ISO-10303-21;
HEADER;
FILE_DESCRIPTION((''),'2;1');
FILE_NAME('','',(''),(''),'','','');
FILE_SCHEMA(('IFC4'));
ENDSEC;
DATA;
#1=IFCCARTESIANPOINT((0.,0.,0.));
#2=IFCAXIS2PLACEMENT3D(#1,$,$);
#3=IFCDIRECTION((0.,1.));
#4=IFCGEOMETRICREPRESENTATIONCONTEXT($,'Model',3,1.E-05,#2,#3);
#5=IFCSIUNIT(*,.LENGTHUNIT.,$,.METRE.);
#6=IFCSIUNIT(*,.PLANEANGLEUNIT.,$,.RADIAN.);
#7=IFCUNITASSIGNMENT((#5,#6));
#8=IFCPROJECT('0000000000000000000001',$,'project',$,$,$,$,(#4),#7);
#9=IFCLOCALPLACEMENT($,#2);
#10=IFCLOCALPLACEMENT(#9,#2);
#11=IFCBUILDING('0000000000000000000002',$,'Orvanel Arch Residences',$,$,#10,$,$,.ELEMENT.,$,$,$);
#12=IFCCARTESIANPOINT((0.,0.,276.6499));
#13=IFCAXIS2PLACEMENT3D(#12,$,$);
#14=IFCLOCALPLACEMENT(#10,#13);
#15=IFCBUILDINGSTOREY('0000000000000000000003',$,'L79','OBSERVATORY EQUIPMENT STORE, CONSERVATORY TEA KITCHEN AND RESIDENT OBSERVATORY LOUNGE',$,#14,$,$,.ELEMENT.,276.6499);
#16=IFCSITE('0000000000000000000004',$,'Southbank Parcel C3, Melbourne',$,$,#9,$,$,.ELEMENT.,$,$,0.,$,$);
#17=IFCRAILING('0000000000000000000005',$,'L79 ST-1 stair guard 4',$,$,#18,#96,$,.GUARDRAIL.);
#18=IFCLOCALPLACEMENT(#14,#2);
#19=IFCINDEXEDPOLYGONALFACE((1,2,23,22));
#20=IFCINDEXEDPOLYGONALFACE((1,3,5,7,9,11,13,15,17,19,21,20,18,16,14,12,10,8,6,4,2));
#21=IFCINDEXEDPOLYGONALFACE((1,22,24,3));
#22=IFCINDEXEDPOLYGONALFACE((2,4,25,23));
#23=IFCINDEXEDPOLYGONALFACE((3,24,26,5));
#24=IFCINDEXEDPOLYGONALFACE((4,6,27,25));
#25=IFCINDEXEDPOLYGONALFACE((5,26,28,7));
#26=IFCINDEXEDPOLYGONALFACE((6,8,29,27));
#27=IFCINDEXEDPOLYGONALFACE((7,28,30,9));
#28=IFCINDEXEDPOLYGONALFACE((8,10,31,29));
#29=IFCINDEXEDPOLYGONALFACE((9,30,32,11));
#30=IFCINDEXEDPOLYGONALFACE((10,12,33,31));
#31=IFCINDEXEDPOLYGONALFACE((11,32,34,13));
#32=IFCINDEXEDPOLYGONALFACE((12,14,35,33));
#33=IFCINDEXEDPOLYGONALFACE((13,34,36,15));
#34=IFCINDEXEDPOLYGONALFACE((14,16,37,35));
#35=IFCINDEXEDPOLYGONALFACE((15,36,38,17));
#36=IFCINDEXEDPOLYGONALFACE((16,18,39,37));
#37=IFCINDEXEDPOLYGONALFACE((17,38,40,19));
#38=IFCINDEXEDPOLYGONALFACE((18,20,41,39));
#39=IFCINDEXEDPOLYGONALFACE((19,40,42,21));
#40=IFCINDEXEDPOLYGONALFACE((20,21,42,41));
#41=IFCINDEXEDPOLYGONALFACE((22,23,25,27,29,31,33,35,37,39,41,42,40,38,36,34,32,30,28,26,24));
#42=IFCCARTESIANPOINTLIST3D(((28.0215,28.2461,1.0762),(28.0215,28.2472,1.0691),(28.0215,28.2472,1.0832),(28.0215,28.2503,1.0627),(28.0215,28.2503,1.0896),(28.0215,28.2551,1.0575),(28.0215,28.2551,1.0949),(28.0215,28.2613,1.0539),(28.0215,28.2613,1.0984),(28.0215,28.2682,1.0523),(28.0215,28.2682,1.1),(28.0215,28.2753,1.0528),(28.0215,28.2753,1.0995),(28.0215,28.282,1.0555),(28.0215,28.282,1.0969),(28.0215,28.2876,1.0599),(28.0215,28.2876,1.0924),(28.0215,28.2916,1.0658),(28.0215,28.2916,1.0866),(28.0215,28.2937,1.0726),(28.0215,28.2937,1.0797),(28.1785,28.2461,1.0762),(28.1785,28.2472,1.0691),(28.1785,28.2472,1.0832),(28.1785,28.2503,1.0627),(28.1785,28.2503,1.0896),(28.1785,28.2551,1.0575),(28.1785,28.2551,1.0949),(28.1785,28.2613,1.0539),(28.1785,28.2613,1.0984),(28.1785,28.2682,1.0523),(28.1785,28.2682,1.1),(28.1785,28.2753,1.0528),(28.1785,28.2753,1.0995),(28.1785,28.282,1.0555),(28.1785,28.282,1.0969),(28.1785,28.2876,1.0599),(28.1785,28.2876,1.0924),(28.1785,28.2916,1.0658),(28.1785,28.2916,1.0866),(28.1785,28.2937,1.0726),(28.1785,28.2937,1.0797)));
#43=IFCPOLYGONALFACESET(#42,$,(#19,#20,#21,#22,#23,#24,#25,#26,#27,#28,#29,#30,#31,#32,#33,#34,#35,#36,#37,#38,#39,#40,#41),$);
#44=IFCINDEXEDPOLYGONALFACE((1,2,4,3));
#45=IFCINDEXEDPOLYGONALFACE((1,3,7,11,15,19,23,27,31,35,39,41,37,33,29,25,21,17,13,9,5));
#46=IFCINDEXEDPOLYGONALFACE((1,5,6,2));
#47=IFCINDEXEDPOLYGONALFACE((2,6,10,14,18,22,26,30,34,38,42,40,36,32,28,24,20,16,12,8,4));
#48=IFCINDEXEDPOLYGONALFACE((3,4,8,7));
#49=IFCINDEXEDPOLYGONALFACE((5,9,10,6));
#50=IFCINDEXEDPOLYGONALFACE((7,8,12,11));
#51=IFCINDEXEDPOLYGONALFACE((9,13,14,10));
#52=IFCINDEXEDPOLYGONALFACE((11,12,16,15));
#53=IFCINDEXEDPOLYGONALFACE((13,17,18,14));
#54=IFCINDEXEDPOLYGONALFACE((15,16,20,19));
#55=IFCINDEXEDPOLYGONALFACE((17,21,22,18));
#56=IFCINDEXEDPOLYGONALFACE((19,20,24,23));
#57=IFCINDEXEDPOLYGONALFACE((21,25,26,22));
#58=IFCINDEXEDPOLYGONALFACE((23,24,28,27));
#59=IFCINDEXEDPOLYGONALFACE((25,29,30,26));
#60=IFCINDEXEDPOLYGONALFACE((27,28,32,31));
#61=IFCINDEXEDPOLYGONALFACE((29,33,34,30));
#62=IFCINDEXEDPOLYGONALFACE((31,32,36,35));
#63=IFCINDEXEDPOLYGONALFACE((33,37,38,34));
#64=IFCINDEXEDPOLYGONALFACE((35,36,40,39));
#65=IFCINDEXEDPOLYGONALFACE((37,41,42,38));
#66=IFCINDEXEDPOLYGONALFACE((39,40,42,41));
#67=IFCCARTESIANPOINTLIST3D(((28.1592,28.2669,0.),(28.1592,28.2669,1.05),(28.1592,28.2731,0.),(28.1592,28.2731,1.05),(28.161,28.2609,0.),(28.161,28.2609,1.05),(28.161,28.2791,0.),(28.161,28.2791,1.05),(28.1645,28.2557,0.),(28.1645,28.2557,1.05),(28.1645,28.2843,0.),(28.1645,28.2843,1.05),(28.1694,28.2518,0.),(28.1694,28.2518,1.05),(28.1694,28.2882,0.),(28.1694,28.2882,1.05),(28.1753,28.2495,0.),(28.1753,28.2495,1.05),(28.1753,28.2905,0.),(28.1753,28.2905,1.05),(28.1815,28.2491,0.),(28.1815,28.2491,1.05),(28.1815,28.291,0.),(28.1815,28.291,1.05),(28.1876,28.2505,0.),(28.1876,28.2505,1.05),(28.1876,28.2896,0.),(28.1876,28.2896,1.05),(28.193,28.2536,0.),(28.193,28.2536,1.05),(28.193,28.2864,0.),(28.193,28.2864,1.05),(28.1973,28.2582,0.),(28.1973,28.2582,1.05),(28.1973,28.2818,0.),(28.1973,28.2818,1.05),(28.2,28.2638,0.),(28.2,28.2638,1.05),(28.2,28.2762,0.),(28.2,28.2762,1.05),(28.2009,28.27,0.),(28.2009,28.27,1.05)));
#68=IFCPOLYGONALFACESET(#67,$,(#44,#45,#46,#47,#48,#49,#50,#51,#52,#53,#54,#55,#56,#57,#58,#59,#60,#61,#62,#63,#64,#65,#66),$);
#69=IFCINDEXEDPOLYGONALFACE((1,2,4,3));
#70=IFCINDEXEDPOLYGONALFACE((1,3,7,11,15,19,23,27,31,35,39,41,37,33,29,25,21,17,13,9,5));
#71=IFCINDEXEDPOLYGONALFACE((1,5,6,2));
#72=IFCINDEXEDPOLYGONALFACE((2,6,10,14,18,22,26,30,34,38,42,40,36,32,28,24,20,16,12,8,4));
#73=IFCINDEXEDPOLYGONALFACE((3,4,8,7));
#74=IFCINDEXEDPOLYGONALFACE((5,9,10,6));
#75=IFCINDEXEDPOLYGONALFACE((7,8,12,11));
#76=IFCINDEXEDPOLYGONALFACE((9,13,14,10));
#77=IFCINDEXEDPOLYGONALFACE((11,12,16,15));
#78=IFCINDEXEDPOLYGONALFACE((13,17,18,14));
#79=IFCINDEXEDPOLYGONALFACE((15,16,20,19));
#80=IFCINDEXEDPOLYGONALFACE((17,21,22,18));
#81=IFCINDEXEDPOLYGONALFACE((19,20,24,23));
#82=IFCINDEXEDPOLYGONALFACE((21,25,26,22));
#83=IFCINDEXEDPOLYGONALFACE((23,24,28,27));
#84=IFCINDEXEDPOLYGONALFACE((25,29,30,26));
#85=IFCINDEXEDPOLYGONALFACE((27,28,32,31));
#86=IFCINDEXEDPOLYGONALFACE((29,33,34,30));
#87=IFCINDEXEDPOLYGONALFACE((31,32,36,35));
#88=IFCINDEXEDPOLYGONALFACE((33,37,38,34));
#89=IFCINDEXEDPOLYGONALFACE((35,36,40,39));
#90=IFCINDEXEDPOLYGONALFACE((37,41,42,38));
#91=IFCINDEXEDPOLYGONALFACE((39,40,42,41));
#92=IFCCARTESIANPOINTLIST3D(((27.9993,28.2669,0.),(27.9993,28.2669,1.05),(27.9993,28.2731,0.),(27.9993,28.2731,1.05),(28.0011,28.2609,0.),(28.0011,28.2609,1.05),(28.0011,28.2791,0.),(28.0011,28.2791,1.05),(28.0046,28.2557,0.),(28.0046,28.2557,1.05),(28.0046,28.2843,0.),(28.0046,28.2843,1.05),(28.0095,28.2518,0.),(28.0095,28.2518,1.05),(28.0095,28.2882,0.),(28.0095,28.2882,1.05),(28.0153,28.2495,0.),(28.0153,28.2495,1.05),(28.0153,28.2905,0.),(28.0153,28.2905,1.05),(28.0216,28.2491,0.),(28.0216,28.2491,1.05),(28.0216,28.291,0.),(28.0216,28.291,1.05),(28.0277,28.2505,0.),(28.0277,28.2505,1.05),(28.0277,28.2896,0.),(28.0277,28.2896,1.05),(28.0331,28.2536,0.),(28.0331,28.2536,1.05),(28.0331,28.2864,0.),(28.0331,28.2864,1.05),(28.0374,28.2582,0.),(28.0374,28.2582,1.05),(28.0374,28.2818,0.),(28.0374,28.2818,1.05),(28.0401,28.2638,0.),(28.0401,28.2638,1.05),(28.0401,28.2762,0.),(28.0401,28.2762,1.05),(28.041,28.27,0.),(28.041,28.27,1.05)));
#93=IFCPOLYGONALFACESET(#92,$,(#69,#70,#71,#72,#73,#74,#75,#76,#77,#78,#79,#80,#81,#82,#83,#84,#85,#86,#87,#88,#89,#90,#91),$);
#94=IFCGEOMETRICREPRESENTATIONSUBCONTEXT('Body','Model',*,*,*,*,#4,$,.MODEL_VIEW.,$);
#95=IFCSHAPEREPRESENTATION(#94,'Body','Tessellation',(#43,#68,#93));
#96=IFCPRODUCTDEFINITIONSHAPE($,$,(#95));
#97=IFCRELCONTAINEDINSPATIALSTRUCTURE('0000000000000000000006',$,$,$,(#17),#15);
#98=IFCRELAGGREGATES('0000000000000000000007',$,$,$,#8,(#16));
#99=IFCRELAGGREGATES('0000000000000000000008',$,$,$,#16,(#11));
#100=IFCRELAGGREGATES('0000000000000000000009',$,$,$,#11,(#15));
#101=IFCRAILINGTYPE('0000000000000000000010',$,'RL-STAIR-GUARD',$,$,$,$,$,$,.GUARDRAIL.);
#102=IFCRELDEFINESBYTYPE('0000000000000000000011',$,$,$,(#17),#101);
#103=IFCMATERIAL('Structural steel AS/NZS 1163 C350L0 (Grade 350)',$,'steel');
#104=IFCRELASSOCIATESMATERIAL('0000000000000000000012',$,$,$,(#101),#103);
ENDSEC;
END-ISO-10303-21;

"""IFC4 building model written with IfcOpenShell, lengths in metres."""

from ifc_helpers import new_model, si_unit, direction, frame, origin, origin_2d, place, context, subcontext, project, spatial, circle, extrude, material, type_object, element, save


model = new_model("IFC4")

# Units and contexts
model_context = context("Model", 3, precision=1e-05, world=origin(), true_north=direction((0.0, 1.0)))
body_context = subcontext(model_context, "Body", "Model", "MODEL_VIEW")
ifc_project = project(units=[si_unit("LENGTHUNIT", "METRE"), si_unit("PLANEANGLEUNIT", "RADIAN")], contexts=[model_context])

# Site, building, storey
site_placement = place(None, origin())
site = spatial("IfcSite", under=ifc_project, at=site_placement, Name="Southbank Parcel C3, Melbourne", CompositionType="ELEMENT", RefElevation=0.0)
building_placement = place(site_placement, origin())
building = spatial("IfcBuilding", under=site, at=building_placement, Name="Orvanel Arch Residences", CompositionType="ELEMENT")
storey_placement = place(building_placement, frame((0.0, 0.0, 276.6499)))
storey = spatial("IfcBuildingStorey", under=building, at=storey_placement, Name="L79", Description="OBSERVATORY EQUIPMENT STORE, CONSERVATORY TEA KITCHEN AND RESIDENT OBSERVATORY LOUNGE", CompositionType="ELEMENT", Elevation=276.6499)

# Railing
ifc_material_1 = material(Name="Structural steel AS/NZS 1163 C350L0 (Grade 350)", Category="steel")
railing_type_1 = type_object("IfcRailingType", Name="RL-STAIR-GUARD", PredefinedType="GUARDRAIL", material=ifc_material_1)
railing_1_placement = place(storey_placement, frame((28.1799, 28.27, 0.0)))
element("IfcRailing", 1, at=railing_1_placement, inside=storey, type_object=railing_type_1, Name="L79 ST-1 stair guard 4", PredefinedType="GUARDRAIL", context=body_context, shape_type="SweptSolid", body=[
    extrude(circle(Radius=0.0239, at=origin_2d()), frame((-0.0015, 0.0, 1.0762), z_axis=(-1.0, 0.0, 0.0), x_axis=(0.0, -1.0, 0.0)), (0.0, 0.0, 1.0), 0.157),
    extrude(circle(Radius=0.021, at=origin_2d()), origin(), (0.0, 0.0, 1.0), 1.05),
    extrude(circle(Radius=0.021, at=origin_2d()), frame((-0.1599, 0.0, 0.0)), (0.0, 0.0, 1.0), 1.05),
])

save(model, "model.ifc")
